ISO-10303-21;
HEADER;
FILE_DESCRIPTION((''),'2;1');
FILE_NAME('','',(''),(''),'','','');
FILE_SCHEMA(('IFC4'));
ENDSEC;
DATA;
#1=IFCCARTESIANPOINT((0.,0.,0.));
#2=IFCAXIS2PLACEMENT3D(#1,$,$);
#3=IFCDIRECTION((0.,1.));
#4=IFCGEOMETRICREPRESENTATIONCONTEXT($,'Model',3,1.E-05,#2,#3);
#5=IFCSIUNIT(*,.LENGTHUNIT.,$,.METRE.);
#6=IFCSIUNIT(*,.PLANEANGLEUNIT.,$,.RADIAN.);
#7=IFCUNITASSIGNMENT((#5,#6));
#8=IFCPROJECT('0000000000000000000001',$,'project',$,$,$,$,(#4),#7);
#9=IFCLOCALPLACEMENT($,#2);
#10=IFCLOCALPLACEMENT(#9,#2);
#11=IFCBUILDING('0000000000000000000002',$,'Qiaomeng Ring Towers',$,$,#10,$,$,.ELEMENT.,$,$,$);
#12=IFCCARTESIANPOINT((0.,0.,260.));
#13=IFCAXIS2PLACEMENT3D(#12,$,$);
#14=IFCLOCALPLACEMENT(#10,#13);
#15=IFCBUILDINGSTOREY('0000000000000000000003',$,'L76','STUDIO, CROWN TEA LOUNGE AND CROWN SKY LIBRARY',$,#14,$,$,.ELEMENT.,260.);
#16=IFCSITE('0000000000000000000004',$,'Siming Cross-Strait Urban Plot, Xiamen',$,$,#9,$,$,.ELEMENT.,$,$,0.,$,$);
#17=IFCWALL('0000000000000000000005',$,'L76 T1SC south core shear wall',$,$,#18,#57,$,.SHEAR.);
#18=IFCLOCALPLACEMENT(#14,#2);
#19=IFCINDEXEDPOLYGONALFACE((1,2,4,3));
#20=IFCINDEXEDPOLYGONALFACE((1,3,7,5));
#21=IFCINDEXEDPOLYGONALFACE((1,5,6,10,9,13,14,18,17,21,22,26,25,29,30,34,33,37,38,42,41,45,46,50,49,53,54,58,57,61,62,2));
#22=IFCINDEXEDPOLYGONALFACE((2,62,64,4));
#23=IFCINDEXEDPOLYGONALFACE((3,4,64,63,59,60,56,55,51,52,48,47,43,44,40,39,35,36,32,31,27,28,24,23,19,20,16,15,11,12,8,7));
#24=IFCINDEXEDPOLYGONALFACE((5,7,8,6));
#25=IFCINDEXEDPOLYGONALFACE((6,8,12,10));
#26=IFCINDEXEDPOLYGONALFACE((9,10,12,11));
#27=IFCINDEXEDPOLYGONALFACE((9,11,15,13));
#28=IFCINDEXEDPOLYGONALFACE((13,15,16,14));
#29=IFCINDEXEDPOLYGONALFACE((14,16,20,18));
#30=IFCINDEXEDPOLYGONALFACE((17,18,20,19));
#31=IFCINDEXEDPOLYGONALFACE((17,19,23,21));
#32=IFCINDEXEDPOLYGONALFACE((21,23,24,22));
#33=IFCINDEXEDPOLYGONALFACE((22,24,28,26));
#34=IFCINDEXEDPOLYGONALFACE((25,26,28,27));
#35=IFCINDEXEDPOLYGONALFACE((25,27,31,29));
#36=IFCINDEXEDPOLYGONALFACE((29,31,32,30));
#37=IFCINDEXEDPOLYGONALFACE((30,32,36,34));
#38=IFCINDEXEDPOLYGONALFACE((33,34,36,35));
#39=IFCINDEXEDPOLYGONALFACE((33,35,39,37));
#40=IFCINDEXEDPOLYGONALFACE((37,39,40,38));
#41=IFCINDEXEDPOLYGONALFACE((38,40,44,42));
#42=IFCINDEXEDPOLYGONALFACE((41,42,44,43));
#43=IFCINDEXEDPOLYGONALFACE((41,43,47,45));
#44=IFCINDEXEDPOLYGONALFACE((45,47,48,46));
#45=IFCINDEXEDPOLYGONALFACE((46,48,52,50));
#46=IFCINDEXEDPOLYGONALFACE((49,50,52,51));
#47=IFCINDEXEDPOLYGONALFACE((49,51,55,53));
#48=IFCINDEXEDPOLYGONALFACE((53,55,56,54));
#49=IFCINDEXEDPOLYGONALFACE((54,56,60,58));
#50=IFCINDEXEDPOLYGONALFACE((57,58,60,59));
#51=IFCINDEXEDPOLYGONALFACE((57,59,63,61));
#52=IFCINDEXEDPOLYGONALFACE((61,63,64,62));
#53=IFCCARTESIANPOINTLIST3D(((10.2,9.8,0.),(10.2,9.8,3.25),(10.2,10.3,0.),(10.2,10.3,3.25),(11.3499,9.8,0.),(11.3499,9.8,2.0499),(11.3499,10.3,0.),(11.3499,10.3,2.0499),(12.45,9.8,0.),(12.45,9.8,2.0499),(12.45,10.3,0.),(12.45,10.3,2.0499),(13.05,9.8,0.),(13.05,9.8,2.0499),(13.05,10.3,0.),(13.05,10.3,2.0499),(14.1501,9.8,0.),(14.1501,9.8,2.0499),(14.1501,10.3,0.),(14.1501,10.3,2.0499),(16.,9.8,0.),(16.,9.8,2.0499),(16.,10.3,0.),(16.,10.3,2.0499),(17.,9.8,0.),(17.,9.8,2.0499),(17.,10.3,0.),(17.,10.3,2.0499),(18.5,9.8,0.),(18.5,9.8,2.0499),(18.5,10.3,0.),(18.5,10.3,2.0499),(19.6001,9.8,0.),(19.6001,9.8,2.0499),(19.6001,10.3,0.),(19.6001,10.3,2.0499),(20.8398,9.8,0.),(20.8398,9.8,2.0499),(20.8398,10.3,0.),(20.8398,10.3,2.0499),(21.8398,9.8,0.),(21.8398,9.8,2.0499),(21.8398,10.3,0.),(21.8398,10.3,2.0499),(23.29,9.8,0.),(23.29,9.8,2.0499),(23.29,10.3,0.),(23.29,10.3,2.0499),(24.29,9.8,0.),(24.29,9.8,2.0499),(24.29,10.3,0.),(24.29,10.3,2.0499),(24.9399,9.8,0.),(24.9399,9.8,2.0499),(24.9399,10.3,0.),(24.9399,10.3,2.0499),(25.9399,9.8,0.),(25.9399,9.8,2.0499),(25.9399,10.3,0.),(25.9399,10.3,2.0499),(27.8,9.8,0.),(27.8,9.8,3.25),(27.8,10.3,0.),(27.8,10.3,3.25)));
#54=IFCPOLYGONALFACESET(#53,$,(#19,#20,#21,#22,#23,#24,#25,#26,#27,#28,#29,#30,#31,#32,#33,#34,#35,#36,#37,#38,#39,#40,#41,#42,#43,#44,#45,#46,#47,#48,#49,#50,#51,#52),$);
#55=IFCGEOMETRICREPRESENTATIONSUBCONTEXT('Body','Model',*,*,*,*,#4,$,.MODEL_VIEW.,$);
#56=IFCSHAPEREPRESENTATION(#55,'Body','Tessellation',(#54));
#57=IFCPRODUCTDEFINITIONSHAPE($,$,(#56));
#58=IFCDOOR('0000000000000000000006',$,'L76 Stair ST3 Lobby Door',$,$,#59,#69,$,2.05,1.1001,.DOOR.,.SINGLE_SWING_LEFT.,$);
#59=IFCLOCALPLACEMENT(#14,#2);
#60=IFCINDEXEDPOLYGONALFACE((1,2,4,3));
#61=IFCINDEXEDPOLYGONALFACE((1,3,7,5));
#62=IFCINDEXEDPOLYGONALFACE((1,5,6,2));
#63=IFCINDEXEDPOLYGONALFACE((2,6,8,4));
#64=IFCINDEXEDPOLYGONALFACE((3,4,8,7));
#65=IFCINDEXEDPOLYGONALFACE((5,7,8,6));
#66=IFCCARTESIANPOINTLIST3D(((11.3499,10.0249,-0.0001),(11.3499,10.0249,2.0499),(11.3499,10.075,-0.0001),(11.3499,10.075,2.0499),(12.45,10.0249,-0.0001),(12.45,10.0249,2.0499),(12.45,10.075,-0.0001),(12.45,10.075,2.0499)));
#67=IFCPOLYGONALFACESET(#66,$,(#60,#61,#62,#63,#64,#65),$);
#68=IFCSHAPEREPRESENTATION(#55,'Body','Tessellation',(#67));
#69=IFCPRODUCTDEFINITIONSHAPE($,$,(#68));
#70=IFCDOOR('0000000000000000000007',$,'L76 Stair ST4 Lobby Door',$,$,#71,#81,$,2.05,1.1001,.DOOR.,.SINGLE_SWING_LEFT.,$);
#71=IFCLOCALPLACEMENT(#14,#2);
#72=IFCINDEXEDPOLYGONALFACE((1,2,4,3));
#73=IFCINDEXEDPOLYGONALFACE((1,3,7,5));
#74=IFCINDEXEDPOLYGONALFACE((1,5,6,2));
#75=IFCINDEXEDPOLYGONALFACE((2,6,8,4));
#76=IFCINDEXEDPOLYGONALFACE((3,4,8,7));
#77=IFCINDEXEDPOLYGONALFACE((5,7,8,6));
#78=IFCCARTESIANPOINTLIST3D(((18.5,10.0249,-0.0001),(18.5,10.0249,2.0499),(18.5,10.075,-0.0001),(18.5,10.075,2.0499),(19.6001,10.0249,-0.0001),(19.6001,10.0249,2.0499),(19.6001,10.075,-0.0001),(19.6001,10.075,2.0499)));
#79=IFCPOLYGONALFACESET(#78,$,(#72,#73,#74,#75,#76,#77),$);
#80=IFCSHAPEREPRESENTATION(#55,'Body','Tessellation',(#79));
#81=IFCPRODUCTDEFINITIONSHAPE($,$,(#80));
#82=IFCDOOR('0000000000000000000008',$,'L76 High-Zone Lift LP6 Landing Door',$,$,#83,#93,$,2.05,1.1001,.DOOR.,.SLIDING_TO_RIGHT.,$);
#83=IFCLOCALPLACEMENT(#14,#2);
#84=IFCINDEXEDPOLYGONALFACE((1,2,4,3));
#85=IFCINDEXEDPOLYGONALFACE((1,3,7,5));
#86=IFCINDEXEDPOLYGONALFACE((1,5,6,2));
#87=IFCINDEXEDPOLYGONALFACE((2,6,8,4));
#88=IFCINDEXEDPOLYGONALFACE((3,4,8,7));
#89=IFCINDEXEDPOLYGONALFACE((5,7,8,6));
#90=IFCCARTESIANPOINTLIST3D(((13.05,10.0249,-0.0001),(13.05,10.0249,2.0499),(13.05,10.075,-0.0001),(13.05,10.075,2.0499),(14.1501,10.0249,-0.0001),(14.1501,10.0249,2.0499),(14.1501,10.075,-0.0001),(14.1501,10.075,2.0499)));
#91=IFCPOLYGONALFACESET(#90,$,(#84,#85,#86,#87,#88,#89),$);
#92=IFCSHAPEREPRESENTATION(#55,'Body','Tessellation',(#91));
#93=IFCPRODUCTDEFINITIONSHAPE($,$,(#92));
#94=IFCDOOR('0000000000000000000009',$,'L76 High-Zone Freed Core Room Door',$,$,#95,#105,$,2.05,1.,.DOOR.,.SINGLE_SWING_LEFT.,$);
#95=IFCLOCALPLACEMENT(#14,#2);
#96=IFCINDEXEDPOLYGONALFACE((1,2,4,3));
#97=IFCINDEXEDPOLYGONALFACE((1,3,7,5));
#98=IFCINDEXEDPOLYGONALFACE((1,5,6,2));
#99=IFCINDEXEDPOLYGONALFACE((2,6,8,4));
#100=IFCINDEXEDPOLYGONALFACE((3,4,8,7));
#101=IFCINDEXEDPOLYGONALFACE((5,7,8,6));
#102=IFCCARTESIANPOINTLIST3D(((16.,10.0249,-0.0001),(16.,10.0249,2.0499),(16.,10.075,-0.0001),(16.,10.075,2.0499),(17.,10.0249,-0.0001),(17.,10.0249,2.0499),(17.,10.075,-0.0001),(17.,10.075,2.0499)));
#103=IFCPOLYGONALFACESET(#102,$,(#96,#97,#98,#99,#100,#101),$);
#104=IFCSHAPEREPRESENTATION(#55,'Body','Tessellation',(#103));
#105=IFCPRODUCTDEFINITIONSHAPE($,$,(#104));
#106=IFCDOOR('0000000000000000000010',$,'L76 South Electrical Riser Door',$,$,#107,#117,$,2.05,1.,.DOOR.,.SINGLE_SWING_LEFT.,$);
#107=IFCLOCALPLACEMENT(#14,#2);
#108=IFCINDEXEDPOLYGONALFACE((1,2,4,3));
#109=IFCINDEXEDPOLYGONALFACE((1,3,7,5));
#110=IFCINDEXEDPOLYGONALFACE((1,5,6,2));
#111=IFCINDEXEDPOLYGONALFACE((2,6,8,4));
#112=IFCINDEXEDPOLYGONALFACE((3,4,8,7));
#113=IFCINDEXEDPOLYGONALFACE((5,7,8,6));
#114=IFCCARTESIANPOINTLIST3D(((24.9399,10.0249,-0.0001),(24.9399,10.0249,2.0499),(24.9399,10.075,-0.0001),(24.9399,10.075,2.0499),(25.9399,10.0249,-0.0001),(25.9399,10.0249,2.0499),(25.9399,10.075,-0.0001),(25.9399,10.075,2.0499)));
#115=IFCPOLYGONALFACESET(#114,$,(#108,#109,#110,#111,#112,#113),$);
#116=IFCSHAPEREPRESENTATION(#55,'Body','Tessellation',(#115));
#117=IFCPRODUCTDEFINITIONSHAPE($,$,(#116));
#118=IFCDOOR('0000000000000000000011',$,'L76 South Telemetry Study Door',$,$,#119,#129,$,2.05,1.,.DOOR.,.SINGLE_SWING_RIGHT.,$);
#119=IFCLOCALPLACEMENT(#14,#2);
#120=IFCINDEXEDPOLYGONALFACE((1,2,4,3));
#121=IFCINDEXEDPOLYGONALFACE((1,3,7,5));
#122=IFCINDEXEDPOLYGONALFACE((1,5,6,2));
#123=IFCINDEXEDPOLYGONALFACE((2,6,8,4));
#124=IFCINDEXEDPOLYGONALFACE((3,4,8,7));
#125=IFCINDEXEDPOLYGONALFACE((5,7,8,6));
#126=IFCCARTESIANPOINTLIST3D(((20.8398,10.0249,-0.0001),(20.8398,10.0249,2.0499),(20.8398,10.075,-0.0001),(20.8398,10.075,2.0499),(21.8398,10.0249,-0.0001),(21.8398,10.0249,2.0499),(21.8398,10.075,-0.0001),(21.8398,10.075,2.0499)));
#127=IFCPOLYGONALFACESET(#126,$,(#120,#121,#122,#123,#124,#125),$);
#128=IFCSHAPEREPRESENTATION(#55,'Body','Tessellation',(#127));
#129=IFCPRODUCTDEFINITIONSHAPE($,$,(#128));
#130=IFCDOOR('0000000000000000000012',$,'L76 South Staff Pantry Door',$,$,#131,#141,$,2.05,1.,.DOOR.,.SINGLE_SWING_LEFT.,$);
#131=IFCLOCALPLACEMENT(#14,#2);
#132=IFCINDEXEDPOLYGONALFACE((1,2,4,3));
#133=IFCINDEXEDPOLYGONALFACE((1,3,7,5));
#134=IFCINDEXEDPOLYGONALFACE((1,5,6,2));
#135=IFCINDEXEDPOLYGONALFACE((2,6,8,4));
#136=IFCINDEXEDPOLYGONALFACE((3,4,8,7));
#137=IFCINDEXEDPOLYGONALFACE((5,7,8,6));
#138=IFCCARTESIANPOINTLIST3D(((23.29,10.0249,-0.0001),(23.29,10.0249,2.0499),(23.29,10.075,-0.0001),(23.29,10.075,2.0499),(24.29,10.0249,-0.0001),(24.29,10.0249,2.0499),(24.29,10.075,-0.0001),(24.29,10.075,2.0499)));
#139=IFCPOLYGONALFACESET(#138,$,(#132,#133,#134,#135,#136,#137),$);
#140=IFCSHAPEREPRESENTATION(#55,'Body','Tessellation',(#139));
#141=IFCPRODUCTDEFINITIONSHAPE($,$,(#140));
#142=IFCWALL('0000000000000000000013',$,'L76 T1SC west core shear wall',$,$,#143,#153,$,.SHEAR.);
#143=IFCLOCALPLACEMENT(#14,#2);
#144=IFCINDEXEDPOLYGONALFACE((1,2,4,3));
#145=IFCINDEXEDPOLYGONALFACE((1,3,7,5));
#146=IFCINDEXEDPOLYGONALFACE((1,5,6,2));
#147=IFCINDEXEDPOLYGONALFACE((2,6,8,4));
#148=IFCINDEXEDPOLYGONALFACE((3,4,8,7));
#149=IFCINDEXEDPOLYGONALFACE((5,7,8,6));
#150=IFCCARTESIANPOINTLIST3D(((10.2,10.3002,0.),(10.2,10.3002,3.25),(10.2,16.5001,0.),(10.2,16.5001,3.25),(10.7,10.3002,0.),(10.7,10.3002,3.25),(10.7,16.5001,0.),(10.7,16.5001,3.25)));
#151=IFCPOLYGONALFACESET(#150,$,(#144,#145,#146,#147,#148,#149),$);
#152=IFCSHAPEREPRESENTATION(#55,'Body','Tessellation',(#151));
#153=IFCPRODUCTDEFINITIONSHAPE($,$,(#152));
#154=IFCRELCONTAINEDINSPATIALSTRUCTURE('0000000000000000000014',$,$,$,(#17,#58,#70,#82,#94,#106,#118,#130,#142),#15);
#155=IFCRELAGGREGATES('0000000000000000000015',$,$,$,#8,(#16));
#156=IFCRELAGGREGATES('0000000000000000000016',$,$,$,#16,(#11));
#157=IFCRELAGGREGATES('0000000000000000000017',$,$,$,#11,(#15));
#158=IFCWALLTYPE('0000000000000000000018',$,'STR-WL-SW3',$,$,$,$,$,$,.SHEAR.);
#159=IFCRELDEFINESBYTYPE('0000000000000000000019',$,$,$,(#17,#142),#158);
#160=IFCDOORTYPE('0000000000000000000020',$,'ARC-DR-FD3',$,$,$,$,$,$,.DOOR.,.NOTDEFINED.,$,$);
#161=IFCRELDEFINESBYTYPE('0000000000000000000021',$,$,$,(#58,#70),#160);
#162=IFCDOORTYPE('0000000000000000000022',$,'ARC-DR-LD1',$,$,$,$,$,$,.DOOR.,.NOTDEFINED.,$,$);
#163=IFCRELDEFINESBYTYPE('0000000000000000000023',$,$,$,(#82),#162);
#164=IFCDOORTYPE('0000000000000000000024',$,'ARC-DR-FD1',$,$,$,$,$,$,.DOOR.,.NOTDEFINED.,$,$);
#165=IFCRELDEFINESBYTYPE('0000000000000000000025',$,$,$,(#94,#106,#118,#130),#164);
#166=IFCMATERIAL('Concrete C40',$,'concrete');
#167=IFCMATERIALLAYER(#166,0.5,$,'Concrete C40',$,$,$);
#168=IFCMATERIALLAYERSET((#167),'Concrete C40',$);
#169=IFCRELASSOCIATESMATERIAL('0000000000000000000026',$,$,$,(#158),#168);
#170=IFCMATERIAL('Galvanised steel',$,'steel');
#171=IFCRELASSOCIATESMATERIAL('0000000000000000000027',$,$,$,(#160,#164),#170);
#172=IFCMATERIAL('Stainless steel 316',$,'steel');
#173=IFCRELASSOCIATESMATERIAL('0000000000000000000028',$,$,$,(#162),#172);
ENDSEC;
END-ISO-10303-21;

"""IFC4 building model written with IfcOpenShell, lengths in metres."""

from ifc_helpers import new_model, si_unit, direction, frame, frame_2d, origin, place, context, subcontext, project, spatial, rectangle, extrude, source, transform, mapped, material, layer, layer_set, type_object, element, fill, save


model = new_model("IFC4")

# Units and contexts
model_context = context("Model", 3, precision=1e-05, world=origin(), true_north=direction((0.0, 1.0)))
body_context = subcontext(model_context, "Body", "Model", "MODEL_VIEW")
ifc_project = project(units=[si_unit("LENGTHUNIT", "METRE"), si_unit("PLANEANGLEUNIT", "RADIAN")], contexts=[model_context])

# Site, building, storey
site_placement = place(None, origin())
site = spatial("IfcSite", under=ifc_project, at=site_placement, Name="Siming Cross-Strait Urban Plot, Xiamen", CompositionType="ELEMENT", RefElevation=0.0)
building_placement = place(site_placement, origin())
building = spatial("IfcBuilding", under=site, at=building_placement, Name="Qiaomeng Ring Towers", CompositionType="ELEMENT")
storey_placement = place(building_placement, frame((0.0, 0.0, 260.0)))
storey = spatial("IfcBuildingStorey", under=building, at=storey_placement, Name="L76", Description="STUDIO, CROWN TEA LOUNGE AND CROWN SKY LIBRARY", CompositionType="ELEMENT", Elevation=260.0)

# Shared definitions
ifc_material_1 = material(Name="Concrete C40", Category="concrete")

# Wall, openings, doors
ifc_layer_1 = layer(ifc_material_1, 0.5, Name="Concrete C40")
ifc_layer_set_1 = layer_set([ifc_layer_1], Name="Concrete C40")
wall_type_1 = type_object("IfcWallType", Name="STR-WL-SW3", PredefinedType="SHEAR", material=ifc_layer_set_1)
wall_1_placement = place(storey_placement, frame((10.2, 10.05, 0.0), z_axis=(0.0, 0.0, 1.0), x_axis=(1.0, 0.0, 0.0)))
wall_1 = element("IfcWall", 1, at=wall_1_placement, inside=storey, type_object=wall_type_1, Name="L76 T1SC south core shear wall", PredefinedType="SHEAR", context=body_context, shape_type="SweptSolid", body=[
    extrude(rectangle(XDim=17.6001, YDim=0.5, at=frame_2d((8.8, 0.0))), origin(), (0.0, 0.0, 1.0), 3.25),
])
opening_1_placement = place(wall_1_placement, frame((1.1499, 0.0, 0.0)))
opening_1 = element("IfcOpeningElement", 2, at=opening_1_placement, cuts=wall_1, PredefinedType="OPENING", context=body_context, shape_type="SweptSolid", body=[
    extrude(rectangle(XDim=1.1001, YDim=2.05, at=frame_2d((0.55, 1.0249))), frame((0.0, 0.26, 0.0), z_axis=(0.0, -1.0, 0.0), x_axis=(1.0, 0.0, 0.0)), (0.0, 0.0, 1.0), 0.52),
])
opening_2_placement = place(wall_1_placement, frame((8.3, 0.0, 0.0)))
opening_2 = element("IfcOpeningElement", 3, at=opening_2_placement, cuts=wall_1, PredefinedType="OPENING", context=body_context, shape_type="SweptSolid", body=[
    extrude(rectangle(XDim=1.1001, YDim=2.05, at=frame_2d((0.55, 1.0249))), frame((0.0, 0.26, 0.0), z_axis=(0.0, -1.0, 0.0), x_axis=(1.0, 0.0, 0.0)), (0.0, 0.0, 1.0), 0.52),
])
opening_3_placement = place(wall_1_placement, frame((2.8501, 0.0, 0.0)))
opening_3 = element("IfcOpeningElement", 4, at=opening_3_placement, cuts=wall_1, PredefinedType="OPENING", context=body_context, shape_type="SweptSolid", body=[
    extrude(rectangle(XDim=1.1001, YDim=2.05, at=frame_2d((0.55, 1.0249))), frame((0.0, 0.26, 0.0), z_axis=(0.0, -1.0, 0.0), x_axis=(1.0, 0.0, 0.0)), (0.0, 0.0, 1.0), 0.52),
])
opening_4_placement = place(wall_1_placement, frame((5.8, 0.0, 0.0)))
opening_4 = element("IfcOpeningElement", 5, at=opening_4_placement, cuts=wall_1, PredefinedType="OPENING", context=body_context, shape_type="SweptSolid", body=[
    extrude(rectangle(XDim=1.0, YDim=2.05, at=frame_2d((0.5, 1.0249))), frame((0.0, 0.26, 0.0), z_axis=(0.0, -1.0, 0.0), x_axis=(1.0, 0.0, 0.0)), (0.0, 0.0, 1.0), 0.52),
])
opening_5_placement = place(wall_1_placement, frame((14.74, 0.0, 0.0)))
opening_5 = element("IfcOpeningElement", 6, at=opening_5_placement, cuts=wall_1, PredefinedType="OPENING", context=body_context, shape_type="SweptSolid", body=[
    extrude(rectangle(XDim=1.0, YDim=2.05, at=frame_2d((0.5, 1.0249))), frame((0.0, 0.26, 0.0), z_axis=(0.0, -1.0, 0.0), x_axis=(1.0, 0.0, 0.0)), (0.0, 0.0, 1.0), 0.52),
])
opening_6_placement = place(wall_1_placement, frame((10.6399, 0.0, 0.0)))
opening_6 = element("IfcOpeningElement", 7, at=opening_6_placement, cuts=wall_1, PredefinedType="OPENING", context=body_context, shape_type="SweptSolid", body=[
    extrude(rectangle(XDim=1.0, YDim=2.05, at=frame_2d((0.5, 1.0249))), frame((0.0, 0.26, 0.0), z_axis=(0.0, -1.0, 0.0), x_axis=(1.0, 0.0, 0.0)), (0.0, 0.0, 1.0), 0.52),
])
opening_7_placement = place(wall_1_placement, frame((13.0901, 0.0, 0.0)))
opening_7 = element("IfcOpeningElement", 8, at=opening_7_placement, cuts=wall_1, PredefinedType="OPENING", context=body_context, shape_type="SweptSolid", body=[
    extrude(rectangle(XDim=1.0, YDim=2.05, at=frame_2d((0.5, 1.0249))), frame((0.0, 0.26, 0.0), z_axis=(0.0, -1.0, 0.0), x_axis=(1.0, 0.0, 0.0)), (0.0, 0.0, 1.0), 0.52),
])
ifc_material_2 = material(Name="Galvanised steel", Category="steel")
door_type_1 = type_object("IfcDoorType", Name="ARC-DR-FD3", OperationType="NOTDEFINED", PredefinedType="DOOR", material=ifc_material_2)
shared_shape_1 = source(origin(), body_context, "Body", "SweptSolid", [
    extrude(rectangle(XDim=1.1001, YDim=2.05, at=frame_2d((0.55, 1.0249))), frame((0.0, 0.0249, 0.0), z_axis=(0.0, -1.0, 0.0), x_axis=(1.0, 0.0, 0.0)), (0.0, 0.0, 1.0), 0.05),
])
door_1_placement = place(opening_1_placement, origin())
door_1 = element("IfcDoor", 9, at=door_1_placement, inside=storey, type_object=door_type_1, Name="L76 Stair ST3 Lobby Door", OperationType="SINGLE_SWING_LEFT", OverallHeight=2.05, OverallWidth=1.1001, PredefinedType="DOOR", context=body_context, shape_type="MappedRepresentation", body=[
    mapped(shared_shape_1, transform((0.0, 0.0, 0.0), x_axis=(1.0, 0.0, 0.0), y_axis=(0.0, 1.0, 0.0), z_axis=(0.0, 0.0, 1.0), scale=1.0)),
])
fill(opening_1, door_1)
door_2_placement = place(opening_2_placement, origin())
door_2 = element("IfcDoor", 10, at=door_2_placement, inside=storey, type_object=door_type_1, Name="L76 Stair ST4 Lobby Door", OperationType="SINGLE_SWING_LEFT", OverallHeight=2.05, OverallWidth=1.1001, PredefinedType="DOOR", context=body_context, shape_type="MappedRepresentation", body=[
    mapped(shared_shape_1, transform((0.0, 0.0, 0.0), x_axis=(1.0, 0.0, 0.0), y_axis=(0.0, 1.0, 0.0), z_axis=(0.0, 0.0, 1.0), scale=1.0)),
])
fill(opening_2, door_2)
ifc_material_3 = material(Name="Stainless steel 316", Category="steel")
door_type_2 = type_object("IfcDoorType", Name="ARC-DR-LD1", OperationType="NOTDEFINED", PredefinedType="DOOR", material=ifc_material_3)
door_3_placement = place(opening_3_placement, origin())
door_3 = element("IfcDoor", 11, at=door_3_placement, inside=storey, type_object=door_type_2, Name="L76 High-Zone Lift LP6 Landing Door", OperationType="SLIDING_TO_RIGHT", OverallHeight=2.05, OverallWidth=1.1001, PredefinedType="DOOR", context=body_context, shape_type="MappedRepresentation", body=[
    mapped(shared_shape_1, transform((0.0, 0.0, 0.0), x_axis=(1.0, 0.0, 0.0), y_axis=(0.0, 1.0, 0.0), z_axis=(0.0, 0.0, 1.0), scale=1.0)),
])
fill(opening_3, door_3)
door_type_3 = type_object("IfcDoorType", Name="ARC-DR-FD1", OperationType="NOTDEFINED", PredefinedType="DOOR", material=ifc_material_2)
shared_shape_2 = source(origin(), body_context, "Body", "SweptSolid", [
    extrude(rectangle(XDim=1.0, YDim=2.05, at=frame_2d((0.5, 1.0249))), frame((0.0, 0.0249, 0.0), z_axis=(0.0, -1.0, 0.0), x_axis=(1.0, 0.0, 0.0)), (0.0, 0.0, 1.0), 0.05),
])
door_4_placement = place(opening_4_placement, origin())
door_4 = element("IfcDoor", 12, at=door_4_placement, inside=storey, type_object=door_type_3, Name="L76 High-Zone Freed Core Room Door", OperationType="SINGLE_SWING_LEFT", OverallHeight=2.05, OverallWidth=1.0, PredefinedType="DOOR", context=body_context, shape_type="MappedRepresentation", body=[
    mapped(shared_shape_2, transform((0.0, 0.0, 0.0), x_axis=(1.0, 0.0, 0.0), y_axis=(0.0, 1.0, 0.0), z_axis=(0.0, 0.0, 1.0), scale=1.0)),
])
fill(opening_4, door_4)
door_5_placement = place(opening_5_placement, origin())
door_5 = element("IfcDoor", 13, at=door_5_placement, inside=storey, type_object=door_type_3, Name="L76 South Electrical Riser Door", OperationType="SINGLE_SWING_LEFT", OverallHeight=2.05, OverallWidth=1.0, PredefinedType="DOOR", context=body_context, shape_type="MappedRepresentation", body=[
    mapped(shared_shape_2, transform((0.0, 0.0, 0.0), x_axis=(1.0, 0.0, 0.0), y_axis=(0.0, 1.0, 0.0), z_axis=(0.0, 0.0, 1.0), scale=1.0)),
])
fill(opening_5, door_5)
door_6_placement = place(opening_6_placement, origin())
door_6 = element("IfcDoor", 14, at=door_6_placement, inside=storey, type_object=door_type_3, Name="L76 South Telemetry Study Door", OperationType="SINGLE_SWING_RIGHT", OverallHeight=2.05, OverallWidth=1.0, PredefinedType="DOOR", context=body_context, shape_type="MappedRepresentation", body=[
    mapped(shared_shape_2, transform((0.0, 0.0, 0.0), x_axis=(1.0, 0.0, 0.0), y_axis=(0.0, 1.0, 0.0), z_axis=(0.0, 0.0, 1.0), scale=1.0)),
])
fill(opening_6, door_6)
door_7_placement = place(opening_7_placement, origin())
door_7 = element("IfcDoor", 15, at=door_7_placement, inside=storey, type_object=door_type_3, Name="L76 South Staff Pantry Door", OperationType="SINGLE_SWING_LEFT", OverallHeight=2.05, OverallWidth=1.0, PredefinedType="DOOR", context=body_context, shape_type="MappedRepresentation", body=[
    mapped(shared_shape_2, transform((0.0, 0.0, 0.0), x_axis=(1.0, 0.0, 0.0), y_axis=(0.0, 1.0, 0.0), z_axis=(0.0, 0.0, 1.0), scale=1.0)),
])
fill(opening_7, door_7)

# Wall
wall_2_placement = place(storey_placement, frame((10.45, 10.3, 0.0), z_axis=(0.0, 0.0, 1.0), x_axis=(0.0, 1.0, 0.0)))
element("IfcWall", 16, at=wall_2_placement, inside=storey, type_object=wall_type_1, Name="L76 T1SC west core shear wall", PredefinedType="SHEAR", context=body_context, shape_type="SweptSolid", body=[
    extrude(rectangle(XDim=6.2, YDim=0.5, at=frame_2d((3.1001, 0.0))), origin(), (0.0, 0.0, 1.0), 3.25),
])

save(model, "model.ifc")
